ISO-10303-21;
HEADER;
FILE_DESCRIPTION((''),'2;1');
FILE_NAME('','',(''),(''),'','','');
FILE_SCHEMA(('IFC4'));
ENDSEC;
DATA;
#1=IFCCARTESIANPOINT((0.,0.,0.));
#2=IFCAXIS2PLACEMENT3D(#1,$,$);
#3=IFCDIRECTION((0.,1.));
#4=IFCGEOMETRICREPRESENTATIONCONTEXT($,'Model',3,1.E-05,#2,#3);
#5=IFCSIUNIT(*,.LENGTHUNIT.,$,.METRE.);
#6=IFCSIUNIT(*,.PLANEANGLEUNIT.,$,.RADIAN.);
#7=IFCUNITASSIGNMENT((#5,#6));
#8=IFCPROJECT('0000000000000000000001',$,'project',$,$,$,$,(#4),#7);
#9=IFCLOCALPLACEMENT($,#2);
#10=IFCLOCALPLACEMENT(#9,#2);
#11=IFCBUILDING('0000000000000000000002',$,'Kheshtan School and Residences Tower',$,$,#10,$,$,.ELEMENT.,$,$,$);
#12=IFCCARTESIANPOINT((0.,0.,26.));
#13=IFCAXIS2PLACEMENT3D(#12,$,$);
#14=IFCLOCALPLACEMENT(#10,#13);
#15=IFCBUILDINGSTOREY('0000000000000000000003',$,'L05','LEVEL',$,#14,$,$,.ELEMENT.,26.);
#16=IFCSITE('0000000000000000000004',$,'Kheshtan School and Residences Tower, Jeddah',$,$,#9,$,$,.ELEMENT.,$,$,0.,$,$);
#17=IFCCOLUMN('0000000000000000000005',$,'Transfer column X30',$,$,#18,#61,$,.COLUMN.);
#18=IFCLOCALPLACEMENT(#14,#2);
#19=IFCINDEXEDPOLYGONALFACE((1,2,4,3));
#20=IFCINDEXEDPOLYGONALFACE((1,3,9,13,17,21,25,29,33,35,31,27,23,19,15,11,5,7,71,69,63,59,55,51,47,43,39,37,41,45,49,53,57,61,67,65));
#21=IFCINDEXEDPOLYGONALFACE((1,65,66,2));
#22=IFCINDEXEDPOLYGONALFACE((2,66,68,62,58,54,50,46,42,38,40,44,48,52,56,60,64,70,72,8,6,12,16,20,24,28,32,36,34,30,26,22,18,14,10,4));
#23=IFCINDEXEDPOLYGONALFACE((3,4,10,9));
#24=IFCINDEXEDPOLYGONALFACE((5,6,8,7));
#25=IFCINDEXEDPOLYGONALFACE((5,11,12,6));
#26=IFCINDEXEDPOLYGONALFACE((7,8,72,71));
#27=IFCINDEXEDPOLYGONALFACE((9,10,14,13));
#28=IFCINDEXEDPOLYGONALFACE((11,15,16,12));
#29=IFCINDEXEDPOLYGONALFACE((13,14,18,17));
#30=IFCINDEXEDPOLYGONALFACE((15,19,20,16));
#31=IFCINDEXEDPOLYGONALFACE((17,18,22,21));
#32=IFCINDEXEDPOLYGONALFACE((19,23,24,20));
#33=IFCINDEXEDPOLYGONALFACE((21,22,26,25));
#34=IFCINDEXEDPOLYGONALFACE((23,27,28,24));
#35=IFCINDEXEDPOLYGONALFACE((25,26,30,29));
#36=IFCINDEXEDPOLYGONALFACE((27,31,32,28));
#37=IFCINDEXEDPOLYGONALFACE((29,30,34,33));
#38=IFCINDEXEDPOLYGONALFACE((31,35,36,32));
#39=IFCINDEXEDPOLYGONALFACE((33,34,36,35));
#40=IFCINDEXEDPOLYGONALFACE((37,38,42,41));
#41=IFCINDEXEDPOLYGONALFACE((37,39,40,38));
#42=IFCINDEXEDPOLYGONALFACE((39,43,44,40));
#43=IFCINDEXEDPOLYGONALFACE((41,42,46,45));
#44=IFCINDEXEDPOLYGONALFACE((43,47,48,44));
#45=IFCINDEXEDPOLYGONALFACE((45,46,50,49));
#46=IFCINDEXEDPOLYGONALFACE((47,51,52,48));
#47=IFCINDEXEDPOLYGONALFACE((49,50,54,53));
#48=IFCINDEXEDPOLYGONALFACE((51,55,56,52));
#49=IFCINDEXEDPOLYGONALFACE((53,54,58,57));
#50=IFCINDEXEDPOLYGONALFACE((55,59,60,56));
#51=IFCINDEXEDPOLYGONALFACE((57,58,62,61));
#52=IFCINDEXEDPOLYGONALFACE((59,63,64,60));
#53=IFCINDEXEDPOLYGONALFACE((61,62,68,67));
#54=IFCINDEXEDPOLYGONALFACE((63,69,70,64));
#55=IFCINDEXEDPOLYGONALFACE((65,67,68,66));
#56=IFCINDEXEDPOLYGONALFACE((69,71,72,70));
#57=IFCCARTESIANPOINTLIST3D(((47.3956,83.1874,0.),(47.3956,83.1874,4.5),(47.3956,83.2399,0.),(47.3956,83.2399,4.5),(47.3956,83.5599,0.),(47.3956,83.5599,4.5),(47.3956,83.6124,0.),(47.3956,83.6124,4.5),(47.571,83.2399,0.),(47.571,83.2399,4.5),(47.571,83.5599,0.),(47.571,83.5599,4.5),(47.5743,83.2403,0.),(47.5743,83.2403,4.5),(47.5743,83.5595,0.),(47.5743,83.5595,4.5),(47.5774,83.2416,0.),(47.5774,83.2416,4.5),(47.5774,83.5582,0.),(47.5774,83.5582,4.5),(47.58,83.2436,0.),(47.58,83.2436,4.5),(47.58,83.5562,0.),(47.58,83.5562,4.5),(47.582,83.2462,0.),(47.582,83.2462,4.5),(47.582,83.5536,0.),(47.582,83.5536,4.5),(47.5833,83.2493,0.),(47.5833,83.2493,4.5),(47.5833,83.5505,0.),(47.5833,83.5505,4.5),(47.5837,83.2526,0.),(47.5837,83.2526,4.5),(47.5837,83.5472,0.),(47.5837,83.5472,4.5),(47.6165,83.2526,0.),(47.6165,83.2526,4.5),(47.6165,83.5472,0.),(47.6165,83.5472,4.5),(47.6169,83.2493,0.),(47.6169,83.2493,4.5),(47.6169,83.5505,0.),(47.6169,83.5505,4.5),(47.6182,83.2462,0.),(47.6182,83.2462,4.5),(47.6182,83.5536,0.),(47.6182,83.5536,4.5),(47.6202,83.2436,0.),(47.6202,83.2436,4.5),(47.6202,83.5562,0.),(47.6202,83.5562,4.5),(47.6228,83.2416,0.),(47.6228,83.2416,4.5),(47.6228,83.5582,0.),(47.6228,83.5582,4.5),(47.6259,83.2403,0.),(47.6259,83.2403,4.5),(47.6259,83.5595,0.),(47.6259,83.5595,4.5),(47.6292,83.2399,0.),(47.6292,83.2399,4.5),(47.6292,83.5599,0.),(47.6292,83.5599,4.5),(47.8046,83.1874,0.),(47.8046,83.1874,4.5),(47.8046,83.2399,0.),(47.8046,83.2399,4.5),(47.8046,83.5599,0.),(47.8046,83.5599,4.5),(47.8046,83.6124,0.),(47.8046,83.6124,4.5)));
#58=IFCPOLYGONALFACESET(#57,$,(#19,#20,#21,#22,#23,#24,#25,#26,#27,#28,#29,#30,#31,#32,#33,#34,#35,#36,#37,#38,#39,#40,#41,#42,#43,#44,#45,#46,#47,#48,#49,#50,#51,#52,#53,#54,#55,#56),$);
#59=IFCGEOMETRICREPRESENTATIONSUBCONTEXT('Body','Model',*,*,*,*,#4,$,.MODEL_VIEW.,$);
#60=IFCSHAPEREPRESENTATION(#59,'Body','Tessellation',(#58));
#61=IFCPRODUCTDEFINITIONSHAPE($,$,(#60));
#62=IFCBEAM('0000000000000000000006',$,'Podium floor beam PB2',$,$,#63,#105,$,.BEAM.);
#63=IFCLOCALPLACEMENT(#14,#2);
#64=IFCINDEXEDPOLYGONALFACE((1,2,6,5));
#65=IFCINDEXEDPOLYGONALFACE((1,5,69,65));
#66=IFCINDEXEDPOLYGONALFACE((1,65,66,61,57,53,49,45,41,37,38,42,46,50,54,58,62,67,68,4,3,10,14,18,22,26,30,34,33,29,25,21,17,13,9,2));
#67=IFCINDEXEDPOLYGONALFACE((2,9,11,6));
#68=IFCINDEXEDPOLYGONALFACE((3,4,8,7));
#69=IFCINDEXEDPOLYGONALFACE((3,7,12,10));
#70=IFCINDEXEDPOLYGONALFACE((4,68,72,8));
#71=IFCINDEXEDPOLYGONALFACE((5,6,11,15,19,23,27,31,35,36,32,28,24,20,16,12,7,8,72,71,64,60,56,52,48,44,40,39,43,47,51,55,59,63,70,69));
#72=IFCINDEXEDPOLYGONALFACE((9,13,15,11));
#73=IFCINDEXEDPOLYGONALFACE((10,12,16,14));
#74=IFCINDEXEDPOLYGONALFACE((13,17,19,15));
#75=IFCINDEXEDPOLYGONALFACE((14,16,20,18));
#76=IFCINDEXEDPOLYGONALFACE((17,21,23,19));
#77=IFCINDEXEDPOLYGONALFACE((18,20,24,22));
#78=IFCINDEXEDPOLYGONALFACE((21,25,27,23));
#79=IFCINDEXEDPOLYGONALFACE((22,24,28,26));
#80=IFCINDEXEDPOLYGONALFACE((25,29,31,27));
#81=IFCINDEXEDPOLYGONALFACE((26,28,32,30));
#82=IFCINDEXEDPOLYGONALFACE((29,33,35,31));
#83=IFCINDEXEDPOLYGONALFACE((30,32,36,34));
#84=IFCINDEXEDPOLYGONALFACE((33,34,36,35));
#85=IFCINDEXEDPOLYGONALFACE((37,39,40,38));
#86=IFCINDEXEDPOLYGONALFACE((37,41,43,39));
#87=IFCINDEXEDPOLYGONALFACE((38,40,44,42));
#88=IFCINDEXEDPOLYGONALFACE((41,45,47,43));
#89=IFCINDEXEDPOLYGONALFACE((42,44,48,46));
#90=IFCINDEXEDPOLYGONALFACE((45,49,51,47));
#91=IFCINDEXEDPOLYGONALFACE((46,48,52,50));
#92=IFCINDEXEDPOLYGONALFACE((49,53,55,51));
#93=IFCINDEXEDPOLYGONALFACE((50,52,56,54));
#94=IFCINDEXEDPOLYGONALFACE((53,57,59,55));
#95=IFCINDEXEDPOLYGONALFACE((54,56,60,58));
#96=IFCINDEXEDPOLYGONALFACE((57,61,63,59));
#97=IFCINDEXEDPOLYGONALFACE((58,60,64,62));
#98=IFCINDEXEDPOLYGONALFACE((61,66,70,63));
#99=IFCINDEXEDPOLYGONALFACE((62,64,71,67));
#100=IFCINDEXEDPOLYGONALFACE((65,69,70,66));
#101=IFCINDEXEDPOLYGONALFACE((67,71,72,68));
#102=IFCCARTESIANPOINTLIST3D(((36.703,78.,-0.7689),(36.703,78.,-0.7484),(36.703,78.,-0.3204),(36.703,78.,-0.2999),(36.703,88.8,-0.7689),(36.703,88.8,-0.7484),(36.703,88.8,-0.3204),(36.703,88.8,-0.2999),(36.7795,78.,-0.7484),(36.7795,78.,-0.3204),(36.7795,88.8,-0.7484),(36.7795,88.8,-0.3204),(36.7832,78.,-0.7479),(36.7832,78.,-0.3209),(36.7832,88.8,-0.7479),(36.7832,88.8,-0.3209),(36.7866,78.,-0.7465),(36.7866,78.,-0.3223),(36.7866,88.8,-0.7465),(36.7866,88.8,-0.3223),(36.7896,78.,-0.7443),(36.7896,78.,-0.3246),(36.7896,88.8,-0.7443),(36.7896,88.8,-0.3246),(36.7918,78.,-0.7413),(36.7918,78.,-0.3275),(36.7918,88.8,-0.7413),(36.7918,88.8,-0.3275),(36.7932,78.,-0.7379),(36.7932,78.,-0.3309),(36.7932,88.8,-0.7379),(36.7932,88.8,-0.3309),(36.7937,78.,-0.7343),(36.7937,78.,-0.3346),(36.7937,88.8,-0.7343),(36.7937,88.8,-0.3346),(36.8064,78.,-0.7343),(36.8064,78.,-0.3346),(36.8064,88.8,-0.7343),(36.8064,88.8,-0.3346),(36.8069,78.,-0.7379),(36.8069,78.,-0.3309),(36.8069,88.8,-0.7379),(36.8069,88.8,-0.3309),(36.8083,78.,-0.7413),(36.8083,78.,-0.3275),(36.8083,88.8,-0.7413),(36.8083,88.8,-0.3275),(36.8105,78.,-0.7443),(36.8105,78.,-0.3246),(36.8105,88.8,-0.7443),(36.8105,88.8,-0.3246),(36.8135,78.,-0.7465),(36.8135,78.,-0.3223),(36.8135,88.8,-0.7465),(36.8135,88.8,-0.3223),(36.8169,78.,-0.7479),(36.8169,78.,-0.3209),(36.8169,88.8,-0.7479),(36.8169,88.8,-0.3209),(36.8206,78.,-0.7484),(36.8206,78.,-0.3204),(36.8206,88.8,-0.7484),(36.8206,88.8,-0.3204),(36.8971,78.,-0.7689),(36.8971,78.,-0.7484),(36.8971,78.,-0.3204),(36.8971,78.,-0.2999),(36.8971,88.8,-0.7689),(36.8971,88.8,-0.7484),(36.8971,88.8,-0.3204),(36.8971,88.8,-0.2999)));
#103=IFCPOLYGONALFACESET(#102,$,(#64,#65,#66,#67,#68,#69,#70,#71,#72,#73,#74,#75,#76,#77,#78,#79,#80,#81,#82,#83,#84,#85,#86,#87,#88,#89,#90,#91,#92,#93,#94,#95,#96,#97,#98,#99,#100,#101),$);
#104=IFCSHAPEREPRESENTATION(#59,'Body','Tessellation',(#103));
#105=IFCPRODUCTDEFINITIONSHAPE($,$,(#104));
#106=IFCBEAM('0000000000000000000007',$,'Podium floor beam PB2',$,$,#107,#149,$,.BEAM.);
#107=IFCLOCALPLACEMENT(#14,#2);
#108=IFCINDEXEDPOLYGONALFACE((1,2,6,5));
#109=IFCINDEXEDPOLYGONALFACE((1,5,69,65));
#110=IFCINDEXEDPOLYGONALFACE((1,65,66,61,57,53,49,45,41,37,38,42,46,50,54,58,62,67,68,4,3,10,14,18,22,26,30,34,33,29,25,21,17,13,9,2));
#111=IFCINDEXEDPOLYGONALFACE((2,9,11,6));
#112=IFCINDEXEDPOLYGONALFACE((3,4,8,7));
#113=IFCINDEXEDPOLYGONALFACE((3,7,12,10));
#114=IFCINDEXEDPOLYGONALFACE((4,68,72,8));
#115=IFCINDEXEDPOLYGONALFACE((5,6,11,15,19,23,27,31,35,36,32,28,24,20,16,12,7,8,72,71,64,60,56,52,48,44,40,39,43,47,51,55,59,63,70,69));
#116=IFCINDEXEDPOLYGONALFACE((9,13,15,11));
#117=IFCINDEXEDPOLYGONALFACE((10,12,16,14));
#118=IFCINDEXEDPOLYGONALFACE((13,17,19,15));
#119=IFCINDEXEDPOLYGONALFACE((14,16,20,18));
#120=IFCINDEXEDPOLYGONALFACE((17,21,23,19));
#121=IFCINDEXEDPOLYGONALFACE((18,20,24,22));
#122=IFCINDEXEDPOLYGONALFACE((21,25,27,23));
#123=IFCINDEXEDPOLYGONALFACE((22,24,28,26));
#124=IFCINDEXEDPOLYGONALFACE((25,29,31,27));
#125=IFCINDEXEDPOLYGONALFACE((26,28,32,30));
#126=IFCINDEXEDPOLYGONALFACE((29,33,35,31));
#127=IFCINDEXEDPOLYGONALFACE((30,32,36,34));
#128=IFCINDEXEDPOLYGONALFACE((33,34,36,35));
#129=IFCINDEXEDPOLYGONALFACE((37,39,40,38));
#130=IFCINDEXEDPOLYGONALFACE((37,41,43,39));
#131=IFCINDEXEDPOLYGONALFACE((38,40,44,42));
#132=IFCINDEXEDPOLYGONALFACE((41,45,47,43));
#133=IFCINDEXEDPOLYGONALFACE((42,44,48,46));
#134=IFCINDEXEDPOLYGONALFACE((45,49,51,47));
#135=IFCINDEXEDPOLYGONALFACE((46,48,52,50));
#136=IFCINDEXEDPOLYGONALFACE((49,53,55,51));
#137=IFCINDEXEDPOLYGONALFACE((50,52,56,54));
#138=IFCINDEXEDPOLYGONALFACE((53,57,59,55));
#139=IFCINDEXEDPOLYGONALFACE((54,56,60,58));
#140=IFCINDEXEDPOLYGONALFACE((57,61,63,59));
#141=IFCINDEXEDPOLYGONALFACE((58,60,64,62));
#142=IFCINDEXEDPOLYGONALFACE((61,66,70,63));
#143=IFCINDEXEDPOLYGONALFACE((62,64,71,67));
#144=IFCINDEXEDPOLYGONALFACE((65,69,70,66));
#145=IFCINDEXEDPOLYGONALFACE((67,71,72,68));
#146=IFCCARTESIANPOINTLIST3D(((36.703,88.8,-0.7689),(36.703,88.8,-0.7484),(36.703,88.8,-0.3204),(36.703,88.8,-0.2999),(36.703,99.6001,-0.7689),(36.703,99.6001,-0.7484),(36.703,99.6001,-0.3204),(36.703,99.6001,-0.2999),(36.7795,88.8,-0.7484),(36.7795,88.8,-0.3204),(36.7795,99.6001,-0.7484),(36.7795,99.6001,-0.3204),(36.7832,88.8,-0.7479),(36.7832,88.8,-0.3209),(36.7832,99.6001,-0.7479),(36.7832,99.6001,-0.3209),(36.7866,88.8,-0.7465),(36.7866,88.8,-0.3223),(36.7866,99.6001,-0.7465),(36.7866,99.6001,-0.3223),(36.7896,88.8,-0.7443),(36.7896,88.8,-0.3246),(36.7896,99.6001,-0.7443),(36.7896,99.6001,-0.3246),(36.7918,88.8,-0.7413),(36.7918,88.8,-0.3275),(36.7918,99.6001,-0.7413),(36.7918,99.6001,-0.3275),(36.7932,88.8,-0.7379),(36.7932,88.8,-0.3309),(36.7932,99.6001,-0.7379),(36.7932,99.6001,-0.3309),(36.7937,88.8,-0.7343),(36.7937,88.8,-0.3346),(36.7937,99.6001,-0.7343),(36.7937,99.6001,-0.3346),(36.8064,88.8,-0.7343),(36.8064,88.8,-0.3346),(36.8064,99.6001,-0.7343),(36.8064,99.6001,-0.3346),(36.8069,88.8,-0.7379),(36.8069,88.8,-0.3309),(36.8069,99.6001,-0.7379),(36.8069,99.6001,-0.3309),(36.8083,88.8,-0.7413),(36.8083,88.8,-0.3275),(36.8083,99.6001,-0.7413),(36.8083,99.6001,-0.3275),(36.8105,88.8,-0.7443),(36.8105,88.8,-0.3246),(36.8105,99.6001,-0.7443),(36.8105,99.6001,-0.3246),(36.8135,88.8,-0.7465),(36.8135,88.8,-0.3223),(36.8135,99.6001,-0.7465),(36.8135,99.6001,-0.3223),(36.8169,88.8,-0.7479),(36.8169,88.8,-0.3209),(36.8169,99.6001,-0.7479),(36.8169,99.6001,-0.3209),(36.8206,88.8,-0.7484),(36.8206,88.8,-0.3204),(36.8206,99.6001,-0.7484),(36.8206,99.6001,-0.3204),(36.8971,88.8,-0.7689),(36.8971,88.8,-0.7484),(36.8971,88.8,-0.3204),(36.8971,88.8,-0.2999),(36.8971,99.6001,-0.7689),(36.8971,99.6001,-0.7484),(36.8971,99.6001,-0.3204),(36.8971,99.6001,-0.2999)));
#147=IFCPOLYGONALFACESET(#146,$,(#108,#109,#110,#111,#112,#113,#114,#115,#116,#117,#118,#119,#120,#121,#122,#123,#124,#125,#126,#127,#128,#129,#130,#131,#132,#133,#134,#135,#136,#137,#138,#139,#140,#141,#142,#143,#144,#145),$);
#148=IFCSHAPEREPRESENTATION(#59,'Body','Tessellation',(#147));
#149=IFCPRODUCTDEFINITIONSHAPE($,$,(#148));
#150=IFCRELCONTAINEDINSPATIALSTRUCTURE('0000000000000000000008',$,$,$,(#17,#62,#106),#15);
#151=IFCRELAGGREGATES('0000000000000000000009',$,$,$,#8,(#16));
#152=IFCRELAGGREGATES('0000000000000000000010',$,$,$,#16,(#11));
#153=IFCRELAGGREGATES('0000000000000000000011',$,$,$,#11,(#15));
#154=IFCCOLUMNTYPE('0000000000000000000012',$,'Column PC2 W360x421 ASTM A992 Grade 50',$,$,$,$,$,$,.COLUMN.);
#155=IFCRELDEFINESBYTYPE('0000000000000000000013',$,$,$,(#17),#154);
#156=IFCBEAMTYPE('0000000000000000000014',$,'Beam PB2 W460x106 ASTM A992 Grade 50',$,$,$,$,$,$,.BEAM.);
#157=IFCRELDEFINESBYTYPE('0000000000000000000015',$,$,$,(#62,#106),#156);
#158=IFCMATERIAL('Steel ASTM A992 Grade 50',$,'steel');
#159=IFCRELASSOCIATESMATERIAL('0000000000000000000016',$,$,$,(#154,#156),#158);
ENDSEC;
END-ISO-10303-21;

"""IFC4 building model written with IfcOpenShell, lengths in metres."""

from ifc_helpers import new_model, si_unit, direction, frame, origin, origin_2d, place, context, subcontext, project, spatial, i_section, extrude, material, material_profile, profile_set, type_object, element, save


model = new_model("IFC4")

# Units and contexts
model_context = context("Model", 3, precision=1e-05, world=origin(), true_north=direction((0.0, 1.0)))
body_context = subcontext(model_context, "Body", "Model", "MODEL_VIEW")
ifc_project = project(units=[si_unit("LENGTHUNIT", "METRE"), si_unit("PLANEANGLEUNIT", "RADIAN")], contexts=[model_context])

# Site, building, storey
site_placement = place(None, origin())
site = spatial("IfcSite", under=ifc_project, at=site_placement, Name="Kheshtan School and Residences Tower, Jeddah", CompositionType="ELEMENT", RefElevation=0.0)
building_placement = place(site_placement, origin())
building = spatial("IfcBuilding", under=site, at=building_placement, Name="Kheshtan School and Residences Tower", CompositionType="ELEMENT")
storey_placement = place(building_placement, frame((0.0, 0.0, 26.0)))
storey = spatial("IfcBuildingStorey", under=building, at=storey_placement, Name="L05", Description="LEVEL", CompositionType="ELEMENT", Elevation=26.0)

# Column
ifc_material_1 = material(Name="Steel ASTM A992 Grade 50", Category="steel")
ifc_material_profile_1 = material_profile(ifc_material_1, i_section(OverallWidth=0.4089, OverallDepth=0.425, WebThickness=0.0327, FlangeThickness=0.0525, FilletRadius=0.0127, at=origin_2d()), Name="W360x421")
ifc_profile_set_1 = profile_set([ifc_material_profile_1], Name="Steel ASTM A992 Grade 50")
column_type = type_object("IfcColumnType", Name="Column PC2 W360x421 ASTM A992 Grade 50", PredefinedType="COLUMN", material=ifc_profile_set_1)
for number, where, z_axis, x_axis, name in (
    (1, (47.6001, 83.3999, 0.0), (0.0, 0.0, 1.0), (1.0, 0.0, 0.0), "Transfer column X30"),
):
    element("IfcColumn", number, at=place(storey_placement, frame(where, z_axis=z_axis, x_axis=x_axis)), inside=storey, type_object=column_type, Name=name, PredefinedType="COLUMN", context=body_context, shape_type="SweptSolid", body=[
        extrude(i_section(OverallWidth=0.4089, OverallDepth=0.425, WebThickness=0.0327, FlangeThickness=0.0525, FilletRadius=0.0127, at=origin_2d()), origin(), (0.0, 0.0, 1.0), 4.5),
    ])

# Beams
ifc_material_profile_2 = material_profile(ifc_material_1, i_section(OverallWidth=0.1941, OverallDepth=0.469, WebThickness=0.0127, FlangeThickness=0.0205, FilletRadius=0.0142, at=origin_2d()), Name="W460x106")
ifc_profile_set_2 = profile_set([ifc_material_profile_2], Name="Steel ASTM A992 Grade 50")
beam_type = type_object("IfcBeamType", Name="Beam PB2 W460x106 ASTM A992 Grade 50", PredefinedType="BEAM", material=ifc_profile_set_2)
for number, where, z_axis, x_axis, name in (
    (2, (36.8, 78.0, -0.5344), (0.0, 1.0, 0.0), (-1.0, 0.0, 0.0), "Podium floor beam PB2"),
    (3, (36.8, 88.8, -0.5344), (0.0, 1.0, 0.0), (-1.0, 0.0, 0.0), "Podium floor beam PB2"),
):
    element("IfcBeam", number, at=place(storey_placement, frame(where, z_axis=z_axis, x_axis=x_axis)), inside=storey, type_object=beam_type, Name=name, PredefinedType="BEAM", context=body_context, shape_type="SweptSolid", body=[
        extrude(i_section(OverallWidth=0.1941, OverallDepth=0.469, WebThickness=0.0127, FlangeThickness=0.0205, FilletRadius=0.0142, at=origin_2d()), origin(), (0.0, 0.0, 1.0), 10.8),
    ])

save(model, "model.ifc")
